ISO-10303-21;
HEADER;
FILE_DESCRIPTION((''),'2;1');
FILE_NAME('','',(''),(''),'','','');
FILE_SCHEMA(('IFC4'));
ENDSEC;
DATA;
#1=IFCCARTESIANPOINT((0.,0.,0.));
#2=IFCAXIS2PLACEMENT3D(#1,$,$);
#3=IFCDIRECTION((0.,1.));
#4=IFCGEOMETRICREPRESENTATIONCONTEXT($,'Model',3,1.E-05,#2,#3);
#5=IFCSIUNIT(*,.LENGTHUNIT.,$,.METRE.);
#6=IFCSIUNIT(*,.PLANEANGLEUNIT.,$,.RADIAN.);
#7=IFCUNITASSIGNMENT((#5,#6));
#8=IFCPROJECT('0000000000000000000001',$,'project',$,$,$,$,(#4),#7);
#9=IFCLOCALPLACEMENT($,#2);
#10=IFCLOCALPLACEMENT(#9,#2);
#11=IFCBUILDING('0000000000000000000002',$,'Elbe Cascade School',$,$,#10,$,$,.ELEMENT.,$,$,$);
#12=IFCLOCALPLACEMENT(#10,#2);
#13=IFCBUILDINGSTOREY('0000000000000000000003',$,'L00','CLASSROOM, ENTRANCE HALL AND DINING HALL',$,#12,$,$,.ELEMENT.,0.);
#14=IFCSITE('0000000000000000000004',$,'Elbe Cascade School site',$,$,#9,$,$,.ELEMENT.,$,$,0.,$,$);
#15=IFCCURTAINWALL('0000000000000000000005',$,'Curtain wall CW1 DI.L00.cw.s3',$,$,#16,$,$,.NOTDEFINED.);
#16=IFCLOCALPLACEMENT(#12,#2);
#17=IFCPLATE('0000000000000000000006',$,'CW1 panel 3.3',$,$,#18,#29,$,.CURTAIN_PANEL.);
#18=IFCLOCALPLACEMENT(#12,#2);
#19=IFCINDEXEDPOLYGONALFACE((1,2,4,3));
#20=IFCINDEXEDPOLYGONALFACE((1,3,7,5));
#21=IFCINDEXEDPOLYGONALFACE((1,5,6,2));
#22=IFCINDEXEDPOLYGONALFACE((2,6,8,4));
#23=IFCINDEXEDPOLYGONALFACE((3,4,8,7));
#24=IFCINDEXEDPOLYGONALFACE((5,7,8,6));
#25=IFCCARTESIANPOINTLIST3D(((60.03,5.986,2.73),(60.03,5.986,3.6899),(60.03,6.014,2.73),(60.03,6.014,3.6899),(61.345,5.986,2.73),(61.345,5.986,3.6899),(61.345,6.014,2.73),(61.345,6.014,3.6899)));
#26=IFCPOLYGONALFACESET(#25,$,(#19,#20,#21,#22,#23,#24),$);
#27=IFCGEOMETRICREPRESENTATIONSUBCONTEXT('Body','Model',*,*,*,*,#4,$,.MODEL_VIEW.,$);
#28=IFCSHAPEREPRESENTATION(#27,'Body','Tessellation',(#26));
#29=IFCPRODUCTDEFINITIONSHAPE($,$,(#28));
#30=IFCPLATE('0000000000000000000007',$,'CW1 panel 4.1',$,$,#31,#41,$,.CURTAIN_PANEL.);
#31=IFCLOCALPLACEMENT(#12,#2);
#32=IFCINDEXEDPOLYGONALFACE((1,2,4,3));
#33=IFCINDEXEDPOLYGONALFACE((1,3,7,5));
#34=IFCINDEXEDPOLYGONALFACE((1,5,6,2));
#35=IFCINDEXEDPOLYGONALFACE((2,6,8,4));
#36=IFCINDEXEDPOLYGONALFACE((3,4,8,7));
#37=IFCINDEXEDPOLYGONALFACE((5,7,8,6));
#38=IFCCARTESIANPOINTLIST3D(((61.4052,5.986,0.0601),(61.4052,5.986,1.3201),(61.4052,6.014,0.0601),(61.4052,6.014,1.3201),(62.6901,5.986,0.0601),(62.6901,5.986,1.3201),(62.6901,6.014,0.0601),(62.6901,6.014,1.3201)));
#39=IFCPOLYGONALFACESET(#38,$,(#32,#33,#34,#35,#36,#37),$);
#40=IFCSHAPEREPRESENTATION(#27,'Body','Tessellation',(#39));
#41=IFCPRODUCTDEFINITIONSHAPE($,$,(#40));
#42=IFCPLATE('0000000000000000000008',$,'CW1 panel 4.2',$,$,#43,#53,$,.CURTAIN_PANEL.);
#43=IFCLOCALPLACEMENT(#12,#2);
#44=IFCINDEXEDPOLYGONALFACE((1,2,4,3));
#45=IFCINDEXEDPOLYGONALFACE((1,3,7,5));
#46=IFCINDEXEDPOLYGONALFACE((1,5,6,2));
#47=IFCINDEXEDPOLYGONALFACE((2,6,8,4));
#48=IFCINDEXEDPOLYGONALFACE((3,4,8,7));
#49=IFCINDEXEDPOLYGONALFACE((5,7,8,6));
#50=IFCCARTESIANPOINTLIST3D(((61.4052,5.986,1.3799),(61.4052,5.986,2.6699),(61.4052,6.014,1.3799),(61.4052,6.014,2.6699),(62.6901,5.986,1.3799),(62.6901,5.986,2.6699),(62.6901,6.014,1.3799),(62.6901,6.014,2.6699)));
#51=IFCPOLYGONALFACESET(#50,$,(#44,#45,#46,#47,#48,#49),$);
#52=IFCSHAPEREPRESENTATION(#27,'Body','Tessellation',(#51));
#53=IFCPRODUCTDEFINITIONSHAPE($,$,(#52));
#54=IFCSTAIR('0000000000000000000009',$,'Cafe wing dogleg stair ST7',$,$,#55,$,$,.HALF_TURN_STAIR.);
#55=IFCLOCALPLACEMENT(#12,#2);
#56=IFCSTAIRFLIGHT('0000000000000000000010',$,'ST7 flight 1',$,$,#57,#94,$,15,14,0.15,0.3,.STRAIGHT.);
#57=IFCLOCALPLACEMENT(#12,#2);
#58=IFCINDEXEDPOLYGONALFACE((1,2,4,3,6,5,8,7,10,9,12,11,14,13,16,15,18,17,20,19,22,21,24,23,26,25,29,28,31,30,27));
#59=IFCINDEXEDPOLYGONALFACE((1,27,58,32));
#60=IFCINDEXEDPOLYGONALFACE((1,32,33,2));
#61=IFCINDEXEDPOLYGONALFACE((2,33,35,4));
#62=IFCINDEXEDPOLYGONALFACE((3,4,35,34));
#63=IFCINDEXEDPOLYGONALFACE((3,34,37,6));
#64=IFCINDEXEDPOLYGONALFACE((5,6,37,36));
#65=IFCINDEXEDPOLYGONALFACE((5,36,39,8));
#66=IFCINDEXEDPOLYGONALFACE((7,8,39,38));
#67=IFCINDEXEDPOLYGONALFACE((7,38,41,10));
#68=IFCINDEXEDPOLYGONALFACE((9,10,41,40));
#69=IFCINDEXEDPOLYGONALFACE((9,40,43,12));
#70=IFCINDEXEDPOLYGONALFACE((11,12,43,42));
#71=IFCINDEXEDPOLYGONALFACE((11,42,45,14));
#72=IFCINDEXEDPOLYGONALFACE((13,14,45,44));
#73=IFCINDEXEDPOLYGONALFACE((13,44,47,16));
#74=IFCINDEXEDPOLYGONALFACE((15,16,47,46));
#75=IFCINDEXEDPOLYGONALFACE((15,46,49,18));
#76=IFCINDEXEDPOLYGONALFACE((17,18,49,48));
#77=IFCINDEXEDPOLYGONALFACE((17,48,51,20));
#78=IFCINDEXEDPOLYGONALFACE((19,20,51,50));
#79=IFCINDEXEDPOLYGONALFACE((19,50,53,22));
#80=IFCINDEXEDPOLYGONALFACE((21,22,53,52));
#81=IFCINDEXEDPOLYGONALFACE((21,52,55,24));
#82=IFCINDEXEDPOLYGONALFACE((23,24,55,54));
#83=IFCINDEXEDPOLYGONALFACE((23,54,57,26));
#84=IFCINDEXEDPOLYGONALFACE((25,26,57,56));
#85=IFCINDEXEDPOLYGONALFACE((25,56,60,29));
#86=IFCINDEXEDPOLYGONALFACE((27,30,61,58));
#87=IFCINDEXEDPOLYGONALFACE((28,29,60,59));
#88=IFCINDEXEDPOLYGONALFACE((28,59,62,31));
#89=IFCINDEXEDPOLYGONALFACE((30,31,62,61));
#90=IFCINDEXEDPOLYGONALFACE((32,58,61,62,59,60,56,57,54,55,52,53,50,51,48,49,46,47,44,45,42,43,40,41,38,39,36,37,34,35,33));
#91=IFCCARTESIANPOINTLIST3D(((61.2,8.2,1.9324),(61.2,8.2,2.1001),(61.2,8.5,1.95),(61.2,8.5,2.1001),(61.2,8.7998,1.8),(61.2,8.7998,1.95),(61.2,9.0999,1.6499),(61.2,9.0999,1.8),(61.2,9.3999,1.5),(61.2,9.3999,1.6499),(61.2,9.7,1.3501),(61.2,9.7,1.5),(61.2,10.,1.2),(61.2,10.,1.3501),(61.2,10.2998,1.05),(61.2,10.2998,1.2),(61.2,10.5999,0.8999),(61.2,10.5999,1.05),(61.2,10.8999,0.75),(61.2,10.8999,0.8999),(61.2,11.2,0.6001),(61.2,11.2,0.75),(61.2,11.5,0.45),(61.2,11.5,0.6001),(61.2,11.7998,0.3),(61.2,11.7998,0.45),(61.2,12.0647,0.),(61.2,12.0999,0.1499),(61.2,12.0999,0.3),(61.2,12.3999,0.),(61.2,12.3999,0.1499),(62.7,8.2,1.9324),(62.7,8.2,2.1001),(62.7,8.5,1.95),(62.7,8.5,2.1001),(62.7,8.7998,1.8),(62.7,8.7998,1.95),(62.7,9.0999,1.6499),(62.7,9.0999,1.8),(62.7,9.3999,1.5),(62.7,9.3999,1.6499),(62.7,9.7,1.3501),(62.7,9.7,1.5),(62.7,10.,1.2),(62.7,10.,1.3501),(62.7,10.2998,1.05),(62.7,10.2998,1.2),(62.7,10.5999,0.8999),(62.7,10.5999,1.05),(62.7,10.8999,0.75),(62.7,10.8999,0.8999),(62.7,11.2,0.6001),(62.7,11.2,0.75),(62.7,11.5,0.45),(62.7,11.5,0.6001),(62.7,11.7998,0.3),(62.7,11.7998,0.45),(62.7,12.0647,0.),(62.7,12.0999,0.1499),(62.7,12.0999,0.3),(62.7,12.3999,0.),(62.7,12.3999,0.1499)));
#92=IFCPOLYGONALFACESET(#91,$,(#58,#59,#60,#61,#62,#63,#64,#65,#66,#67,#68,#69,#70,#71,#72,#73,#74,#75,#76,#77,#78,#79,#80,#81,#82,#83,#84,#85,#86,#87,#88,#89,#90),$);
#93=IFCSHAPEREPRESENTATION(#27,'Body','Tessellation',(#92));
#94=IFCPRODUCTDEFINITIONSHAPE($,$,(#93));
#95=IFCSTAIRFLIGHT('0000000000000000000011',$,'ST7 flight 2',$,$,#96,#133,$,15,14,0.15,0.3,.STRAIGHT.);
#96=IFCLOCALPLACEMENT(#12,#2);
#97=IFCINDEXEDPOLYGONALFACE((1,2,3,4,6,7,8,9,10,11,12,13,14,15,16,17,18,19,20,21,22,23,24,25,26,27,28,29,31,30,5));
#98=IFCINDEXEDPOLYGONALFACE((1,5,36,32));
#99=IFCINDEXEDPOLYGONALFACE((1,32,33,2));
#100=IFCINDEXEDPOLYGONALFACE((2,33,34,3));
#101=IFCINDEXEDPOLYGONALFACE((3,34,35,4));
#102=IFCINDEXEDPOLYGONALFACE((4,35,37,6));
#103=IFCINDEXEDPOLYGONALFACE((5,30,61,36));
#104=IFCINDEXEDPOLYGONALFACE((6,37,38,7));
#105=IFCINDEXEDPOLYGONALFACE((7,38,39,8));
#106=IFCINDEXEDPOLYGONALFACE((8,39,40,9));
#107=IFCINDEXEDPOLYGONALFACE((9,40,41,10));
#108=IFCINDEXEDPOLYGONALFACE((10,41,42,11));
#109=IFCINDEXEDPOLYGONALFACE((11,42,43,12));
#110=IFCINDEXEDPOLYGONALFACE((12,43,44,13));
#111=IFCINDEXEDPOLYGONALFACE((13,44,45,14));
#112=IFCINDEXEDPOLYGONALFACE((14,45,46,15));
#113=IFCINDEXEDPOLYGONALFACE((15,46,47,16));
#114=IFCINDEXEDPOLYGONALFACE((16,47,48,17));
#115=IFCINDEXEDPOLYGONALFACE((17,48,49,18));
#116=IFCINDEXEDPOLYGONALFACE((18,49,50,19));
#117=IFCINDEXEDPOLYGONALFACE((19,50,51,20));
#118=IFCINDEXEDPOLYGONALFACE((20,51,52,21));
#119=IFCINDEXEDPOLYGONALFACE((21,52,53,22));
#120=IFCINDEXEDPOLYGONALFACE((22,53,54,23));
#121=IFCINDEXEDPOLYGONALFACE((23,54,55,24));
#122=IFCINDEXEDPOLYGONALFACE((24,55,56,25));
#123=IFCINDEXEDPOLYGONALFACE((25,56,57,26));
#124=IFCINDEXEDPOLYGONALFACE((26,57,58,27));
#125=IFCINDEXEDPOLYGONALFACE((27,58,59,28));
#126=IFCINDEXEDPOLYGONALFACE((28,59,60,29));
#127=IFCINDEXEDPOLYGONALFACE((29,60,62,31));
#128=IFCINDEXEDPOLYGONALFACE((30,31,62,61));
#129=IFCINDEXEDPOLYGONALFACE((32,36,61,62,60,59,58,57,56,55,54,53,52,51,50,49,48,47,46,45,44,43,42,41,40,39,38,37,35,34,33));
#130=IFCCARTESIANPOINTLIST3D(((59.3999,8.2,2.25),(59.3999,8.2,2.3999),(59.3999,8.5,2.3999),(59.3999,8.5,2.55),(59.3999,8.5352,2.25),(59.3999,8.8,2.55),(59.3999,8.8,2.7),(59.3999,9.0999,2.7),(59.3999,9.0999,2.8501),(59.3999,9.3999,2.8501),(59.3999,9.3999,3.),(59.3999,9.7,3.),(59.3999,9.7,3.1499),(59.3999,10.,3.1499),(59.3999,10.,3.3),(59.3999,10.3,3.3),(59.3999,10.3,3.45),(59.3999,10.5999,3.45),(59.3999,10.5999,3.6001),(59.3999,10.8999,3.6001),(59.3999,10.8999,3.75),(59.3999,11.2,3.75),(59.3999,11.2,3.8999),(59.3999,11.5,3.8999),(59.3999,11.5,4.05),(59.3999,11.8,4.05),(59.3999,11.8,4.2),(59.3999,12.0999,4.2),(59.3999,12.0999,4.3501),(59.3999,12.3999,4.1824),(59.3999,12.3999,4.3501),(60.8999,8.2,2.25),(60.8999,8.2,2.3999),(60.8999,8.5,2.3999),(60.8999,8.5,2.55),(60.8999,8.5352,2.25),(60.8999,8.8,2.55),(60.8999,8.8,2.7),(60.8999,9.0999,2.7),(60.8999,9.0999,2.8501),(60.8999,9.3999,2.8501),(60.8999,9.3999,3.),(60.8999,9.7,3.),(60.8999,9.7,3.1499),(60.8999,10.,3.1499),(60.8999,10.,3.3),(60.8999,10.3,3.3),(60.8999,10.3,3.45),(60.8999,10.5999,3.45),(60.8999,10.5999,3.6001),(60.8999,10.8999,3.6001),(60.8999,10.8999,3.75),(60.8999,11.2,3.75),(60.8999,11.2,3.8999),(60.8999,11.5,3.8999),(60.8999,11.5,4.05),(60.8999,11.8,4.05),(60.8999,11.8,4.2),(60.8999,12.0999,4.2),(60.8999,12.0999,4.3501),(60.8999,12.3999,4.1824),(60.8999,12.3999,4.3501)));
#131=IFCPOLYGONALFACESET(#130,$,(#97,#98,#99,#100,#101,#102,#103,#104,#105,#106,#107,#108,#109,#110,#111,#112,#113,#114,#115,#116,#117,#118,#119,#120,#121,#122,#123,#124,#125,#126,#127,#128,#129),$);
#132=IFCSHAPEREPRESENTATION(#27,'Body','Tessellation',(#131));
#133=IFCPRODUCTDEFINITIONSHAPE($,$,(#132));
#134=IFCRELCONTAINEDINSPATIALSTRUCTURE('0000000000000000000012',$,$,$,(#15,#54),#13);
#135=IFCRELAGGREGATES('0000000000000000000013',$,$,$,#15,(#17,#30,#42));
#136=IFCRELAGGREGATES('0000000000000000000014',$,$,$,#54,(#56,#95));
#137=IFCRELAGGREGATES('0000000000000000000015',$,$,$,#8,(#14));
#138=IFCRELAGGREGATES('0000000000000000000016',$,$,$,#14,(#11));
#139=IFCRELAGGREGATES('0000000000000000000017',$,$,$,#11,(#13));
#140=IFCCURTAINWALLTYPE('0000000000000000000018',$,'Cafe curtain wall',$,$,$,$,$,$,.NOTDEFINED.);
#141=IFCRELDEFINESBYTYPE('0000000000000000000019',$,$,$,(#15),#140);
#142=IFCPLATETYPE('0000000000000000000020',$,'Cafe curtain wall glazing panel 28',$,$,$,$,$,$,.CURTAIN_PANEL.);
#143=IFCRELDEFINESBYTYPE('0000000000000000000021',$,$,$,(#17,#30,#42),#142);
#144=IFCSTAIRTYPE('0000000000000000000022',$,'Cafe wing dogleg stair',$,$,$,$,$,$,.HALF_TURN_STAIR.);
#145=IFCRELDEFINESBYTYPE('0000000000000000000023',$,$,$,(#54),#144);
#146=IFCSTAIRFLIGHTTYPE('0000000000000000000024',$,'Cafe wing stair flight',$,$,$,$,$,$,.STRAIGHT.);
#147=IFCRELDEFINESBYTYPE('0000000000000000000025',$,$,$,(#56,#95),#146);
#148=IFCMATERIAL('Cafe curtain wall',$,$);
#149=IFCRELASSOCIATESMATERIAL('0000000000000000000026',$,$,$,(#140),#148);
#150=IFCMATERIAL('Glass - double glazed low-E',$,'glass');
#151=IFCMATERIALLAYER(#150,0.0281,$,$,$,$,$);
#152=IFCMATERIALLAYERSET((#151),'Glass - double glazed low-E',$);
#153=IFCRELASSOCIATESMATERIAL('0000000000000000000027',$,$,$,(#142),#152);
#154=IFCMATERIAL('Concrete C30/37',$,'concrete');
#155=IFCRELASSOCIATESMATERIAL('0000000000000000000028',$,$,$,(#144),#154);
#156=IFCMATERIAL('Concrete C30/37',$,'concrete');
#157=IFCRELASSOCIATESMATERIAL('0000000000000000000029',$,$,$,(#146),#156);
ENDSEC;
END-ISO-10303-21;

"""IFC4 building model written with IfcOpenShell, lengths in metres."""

from ifc_helpers import new_model, si_unit, direction, frame, origin, origin_2d, place, context, subcontext, project, spatial, polyline, rectangle, outline, extrude, material, layer, layer_set, type_object, element, aggregate, save


model = new_model("IFC4")

# Units and contexts
model_context = context("Model", 3, precision=1e-05, world=origin(), true_north=direction((0.0, 1.0)))
body_context = subcontext(model_context, "Body", "Model", "MODEL_VIEW")
ifc_project = project(units=[si_unit("LENGTHUNIT", "METRE"), si_unit("PLANEANGLEUNIT", "RADIAN")], contexts=[model_context])

# Site, building, storey
site_placement = place(None, origin())
site = spatial("IfcSite", under=ifc_project, at=site_placement, Name="Elbe Cascade School site", CompositionType="ELEMENT", RefElevation=0.0)
building_placement = place(site_placement, origin())
building = spatial("IfcBuilding", under=site, at=building_placement, Name="Elbe Cascade School", CompositionType="ELEMENT")
storey_placement = place(building_placement, origin())
storey = spatial("IfcBuildingStorey", under=building, at=storey_placement, Name="L00", Description="CLASSROOM, ENTRANCE HALL AND DINING HALL", CompositionType="ELEMENT", Elevation=0.0)

# Curtain wall
ifc_material_1 = material(Name="Cafe curtain wall")
curtain_wall_type = type_object("IfcCurtainWallType", Name="Cafe curtain wall", PredefinedType="NOTDEFINED", material=ifc_material_1)
curtain_wall_placement = place(storey_placement, origin())
curtain_wall = element("IfcCurtainWall", 1, at=curtain_wall_placement, inside=storey, type_object=curtain_wall_type, Name="Curtain wall CW1 DI.L00.cw.s3", PredefinedType="NOTDEFINED")

# Plates
ifc_material_2 = material(Name="Glass - double glazed low-E", Category="glass")
ifc_layer = layer(ifc_material_2, 0.0281)
ifc_layer_set = layer_set([ifc_layer], Name="Glass - double glazed low-E")
plate_type = type_object("IfcPlateType", Name="Cafe curtain wall glazing panel 28", PredefinedType="CURTAIN_PANEL", material=ifc_layer_set)
plate_1_placement = place(storey_placement, frame((60.6875, 6.0, 2.73), z_axis=(0.0, 0.0, 1.0), x_axis=(1.0, 0.0, 0.0)))
plate_1 = element("IfcPlate", 2, at=plate_1_placement, type_object=plate_type, Name="CW1 panel 3.3", PredefinedType="CURTAIN_PANEL", context=body_context, shape_type="SweptSolid", body=[
    extrude(rectangle(XDim=1.3149, YDim=0.0281, at=origin_2d()), origin(), (0.0, 0.0, 1.0), 0.96),
])
plate_2_placement = place(storey_placement, frame((62.0476, 6.0, 0.0601), z_axis=(0.0, 0.0, 1.0), x_axis=(1.0, 0.0, 0.0)))
plate_2 = element("IfcPlate", 3, at=plate_2_placement, type_object=plate_type, Name="CW1 panel 4.1", PredefinedType="CURTAIN_PANEL", context=body_context, shape_type="SweptSolid", body=[
    extrude(rectangle(XDim=1.2849, YDim=0.0281, at=origin_2d()), origin(), (0.0, 0.0, 1.0), 1.26),
])
plate_3_placement = place(storey_placement, frame((62.0476, 6.0, 1.3799), z_axis=(0.0, 0.0, 1.0), x_axis=(1.0, 0.0, 0.0)))
plate_3 = element("IfcPlate", 4, at=plate_3_placement, type_object=plate_type, Name="CW1 panel 4.2", PredefinedType="CURTAIN_PANEL", context=body_context, shape_type="SweptSolid", body=[
    extrude(rectangle(XDim=1.2849, YDim=0.0281, at=origin_2d()), origin(), (0.0, 0.0, 1.0), 1.29),
])
aggregate(curtain_wall, [plate_1, plate_2, plate_3])

# Stair, stair flights
ifc_material_3 = material(Name="Concrete C30/37", Category="concrete")
stair_type = type_object("IfcStairType", Name="Cafe wing dogleg stair", PredefinedType="HALF_TURN_STAIR", material=ifc_material_3)
stair_placement = place(storey_placement, origin())
stair = element("IfcStair", 5, at=stair_placement, inside=storey, type_object=stair_type, Name="Cafe wing dogleg stair ST7", PredefinedType="HALF_TURN_STAIR")
ifc_material_4 = material(Name="Concrete C30/37", Category="concrete")
stair_flight_type = type_object("IfcStairFlightType", Name="Cafe wing stair flight", PredefinedType="STRAIGHT", material=ifc_material_4)
stair_flight_1_placement = place(storey_placement, frame((61.95, 12.3999, 0.0), z_axis=(0.0, 0.0, 1.0), x_axis=(0.0, -1.0, 0.0)))
stair_flight_1 = element("IfcStairFlight", 6, at=stair_flight_1_placement, type_object=stair_flight_type, Name="ST7 flight 1", NumberOfRisers=15, NumberOfTreads=14, PredefinedType="STRAIGHT", RiserHeight=0.15, TreadLength=0.3, context=body_context, shape_type="SweptSolid", body=[
    extrude(outline(polyline([(0.0, 0.0), (0.0, 0.1499), (0.3, 0.1499), (0.3, 0.3), (0.6001, 0.3), (0.6001, 0.45), (0.8999, 0.45), (0.8999, 0.6001), (1.2, 0.6001), (1.2, 0.75), (1.5, 0.75), (1.5, 0.8999), (1.8, 0.8999), (1.8, 1.05), (2.1001, 1.05), (2.1001, 1.2), (2.3999, 1.2), (2.3999, 1.3501), (2.7, 1.3501), (2.7, 1.5), (3.0, 1.5), (3.0, 1.6499), (3.3, 1.6499), (3.3, 1.8), (3.6001, 1.8), (3.6001, 1.95), (3.8999, 1.95), (3.8999, 2.1001), (4.2, 2.1001), (4.2, 2.25), (4.2, 1.9324), (0.3352, 0.0), (0.0, 0.0)])), frame((0.0, 0.75, 0.0), z_axis=(0.0, -1.0, 0.0), x_axis=(1.0, 0.0, 0.0)), (0.0, 0.0, 1.0), 1.5),
])
stair_flight_2_placement = place(storey_placement, frame((60.1499, 8.2, 2.25), z_axis=(0.0, 0.0, 1.0), x_axis=(0.0, 1.0, 0.0)))
stair_flight_2 = element("IfcStairFlight", 7, at=stair_flight_2_placement, type_object=stair_flight_type, Name="ST7 flight 2", NumberOfRisers=15, NumberOfTreads=14, PredefinedType="STRAIGHT", RiserHeight=0.15, TreadLength=0.3, context=body_context, shape_type="SweptSolid", body=[
    extrude(outline(polyline([(0.0, 0.0), (0.0, 0.1499), (0.3, 0.1499), (0.3, 0.3), (0.6001, 0.3), (0.6001, 0.45), (0.8999, 0.45), (0.8999, 0.6001), (1.2, 0.6001), (1.2, 0.75), (1.5, 0.75), (1.5, 0.8999), (1.8, 0.8999), (1.8, 1.05), (2.1001, 1.05), (2.1001, 1.2), (2.3999, 1.2), (2.3999, 1.3501), (2.7, 1.3501), (2.7, 1.5), (3.0, 1.5), (3.0, 1.6499), (3.3, 1.6499), (3.3, 1.8), (3.6001, 1.8), (3.6001, 1.95), (3.8999, 1.95), (3.8999, 2.1001), (4.2, 2.1001), (4.2, 2.25), (4.2, 1.9324), (0.3352, 0.0), (0.0, 0.0)])), frame((0.0, 0.75, 0.0), z_axis=(0.0, -1.0, 0.0), x_axis=(1.0, 0.0, 0.0)), (0.0, 0.0, 1.0), 1.5),
])
aggregate(stair, [stair_flight_1, stair_flight_2])

save(model, "model.ifc")
